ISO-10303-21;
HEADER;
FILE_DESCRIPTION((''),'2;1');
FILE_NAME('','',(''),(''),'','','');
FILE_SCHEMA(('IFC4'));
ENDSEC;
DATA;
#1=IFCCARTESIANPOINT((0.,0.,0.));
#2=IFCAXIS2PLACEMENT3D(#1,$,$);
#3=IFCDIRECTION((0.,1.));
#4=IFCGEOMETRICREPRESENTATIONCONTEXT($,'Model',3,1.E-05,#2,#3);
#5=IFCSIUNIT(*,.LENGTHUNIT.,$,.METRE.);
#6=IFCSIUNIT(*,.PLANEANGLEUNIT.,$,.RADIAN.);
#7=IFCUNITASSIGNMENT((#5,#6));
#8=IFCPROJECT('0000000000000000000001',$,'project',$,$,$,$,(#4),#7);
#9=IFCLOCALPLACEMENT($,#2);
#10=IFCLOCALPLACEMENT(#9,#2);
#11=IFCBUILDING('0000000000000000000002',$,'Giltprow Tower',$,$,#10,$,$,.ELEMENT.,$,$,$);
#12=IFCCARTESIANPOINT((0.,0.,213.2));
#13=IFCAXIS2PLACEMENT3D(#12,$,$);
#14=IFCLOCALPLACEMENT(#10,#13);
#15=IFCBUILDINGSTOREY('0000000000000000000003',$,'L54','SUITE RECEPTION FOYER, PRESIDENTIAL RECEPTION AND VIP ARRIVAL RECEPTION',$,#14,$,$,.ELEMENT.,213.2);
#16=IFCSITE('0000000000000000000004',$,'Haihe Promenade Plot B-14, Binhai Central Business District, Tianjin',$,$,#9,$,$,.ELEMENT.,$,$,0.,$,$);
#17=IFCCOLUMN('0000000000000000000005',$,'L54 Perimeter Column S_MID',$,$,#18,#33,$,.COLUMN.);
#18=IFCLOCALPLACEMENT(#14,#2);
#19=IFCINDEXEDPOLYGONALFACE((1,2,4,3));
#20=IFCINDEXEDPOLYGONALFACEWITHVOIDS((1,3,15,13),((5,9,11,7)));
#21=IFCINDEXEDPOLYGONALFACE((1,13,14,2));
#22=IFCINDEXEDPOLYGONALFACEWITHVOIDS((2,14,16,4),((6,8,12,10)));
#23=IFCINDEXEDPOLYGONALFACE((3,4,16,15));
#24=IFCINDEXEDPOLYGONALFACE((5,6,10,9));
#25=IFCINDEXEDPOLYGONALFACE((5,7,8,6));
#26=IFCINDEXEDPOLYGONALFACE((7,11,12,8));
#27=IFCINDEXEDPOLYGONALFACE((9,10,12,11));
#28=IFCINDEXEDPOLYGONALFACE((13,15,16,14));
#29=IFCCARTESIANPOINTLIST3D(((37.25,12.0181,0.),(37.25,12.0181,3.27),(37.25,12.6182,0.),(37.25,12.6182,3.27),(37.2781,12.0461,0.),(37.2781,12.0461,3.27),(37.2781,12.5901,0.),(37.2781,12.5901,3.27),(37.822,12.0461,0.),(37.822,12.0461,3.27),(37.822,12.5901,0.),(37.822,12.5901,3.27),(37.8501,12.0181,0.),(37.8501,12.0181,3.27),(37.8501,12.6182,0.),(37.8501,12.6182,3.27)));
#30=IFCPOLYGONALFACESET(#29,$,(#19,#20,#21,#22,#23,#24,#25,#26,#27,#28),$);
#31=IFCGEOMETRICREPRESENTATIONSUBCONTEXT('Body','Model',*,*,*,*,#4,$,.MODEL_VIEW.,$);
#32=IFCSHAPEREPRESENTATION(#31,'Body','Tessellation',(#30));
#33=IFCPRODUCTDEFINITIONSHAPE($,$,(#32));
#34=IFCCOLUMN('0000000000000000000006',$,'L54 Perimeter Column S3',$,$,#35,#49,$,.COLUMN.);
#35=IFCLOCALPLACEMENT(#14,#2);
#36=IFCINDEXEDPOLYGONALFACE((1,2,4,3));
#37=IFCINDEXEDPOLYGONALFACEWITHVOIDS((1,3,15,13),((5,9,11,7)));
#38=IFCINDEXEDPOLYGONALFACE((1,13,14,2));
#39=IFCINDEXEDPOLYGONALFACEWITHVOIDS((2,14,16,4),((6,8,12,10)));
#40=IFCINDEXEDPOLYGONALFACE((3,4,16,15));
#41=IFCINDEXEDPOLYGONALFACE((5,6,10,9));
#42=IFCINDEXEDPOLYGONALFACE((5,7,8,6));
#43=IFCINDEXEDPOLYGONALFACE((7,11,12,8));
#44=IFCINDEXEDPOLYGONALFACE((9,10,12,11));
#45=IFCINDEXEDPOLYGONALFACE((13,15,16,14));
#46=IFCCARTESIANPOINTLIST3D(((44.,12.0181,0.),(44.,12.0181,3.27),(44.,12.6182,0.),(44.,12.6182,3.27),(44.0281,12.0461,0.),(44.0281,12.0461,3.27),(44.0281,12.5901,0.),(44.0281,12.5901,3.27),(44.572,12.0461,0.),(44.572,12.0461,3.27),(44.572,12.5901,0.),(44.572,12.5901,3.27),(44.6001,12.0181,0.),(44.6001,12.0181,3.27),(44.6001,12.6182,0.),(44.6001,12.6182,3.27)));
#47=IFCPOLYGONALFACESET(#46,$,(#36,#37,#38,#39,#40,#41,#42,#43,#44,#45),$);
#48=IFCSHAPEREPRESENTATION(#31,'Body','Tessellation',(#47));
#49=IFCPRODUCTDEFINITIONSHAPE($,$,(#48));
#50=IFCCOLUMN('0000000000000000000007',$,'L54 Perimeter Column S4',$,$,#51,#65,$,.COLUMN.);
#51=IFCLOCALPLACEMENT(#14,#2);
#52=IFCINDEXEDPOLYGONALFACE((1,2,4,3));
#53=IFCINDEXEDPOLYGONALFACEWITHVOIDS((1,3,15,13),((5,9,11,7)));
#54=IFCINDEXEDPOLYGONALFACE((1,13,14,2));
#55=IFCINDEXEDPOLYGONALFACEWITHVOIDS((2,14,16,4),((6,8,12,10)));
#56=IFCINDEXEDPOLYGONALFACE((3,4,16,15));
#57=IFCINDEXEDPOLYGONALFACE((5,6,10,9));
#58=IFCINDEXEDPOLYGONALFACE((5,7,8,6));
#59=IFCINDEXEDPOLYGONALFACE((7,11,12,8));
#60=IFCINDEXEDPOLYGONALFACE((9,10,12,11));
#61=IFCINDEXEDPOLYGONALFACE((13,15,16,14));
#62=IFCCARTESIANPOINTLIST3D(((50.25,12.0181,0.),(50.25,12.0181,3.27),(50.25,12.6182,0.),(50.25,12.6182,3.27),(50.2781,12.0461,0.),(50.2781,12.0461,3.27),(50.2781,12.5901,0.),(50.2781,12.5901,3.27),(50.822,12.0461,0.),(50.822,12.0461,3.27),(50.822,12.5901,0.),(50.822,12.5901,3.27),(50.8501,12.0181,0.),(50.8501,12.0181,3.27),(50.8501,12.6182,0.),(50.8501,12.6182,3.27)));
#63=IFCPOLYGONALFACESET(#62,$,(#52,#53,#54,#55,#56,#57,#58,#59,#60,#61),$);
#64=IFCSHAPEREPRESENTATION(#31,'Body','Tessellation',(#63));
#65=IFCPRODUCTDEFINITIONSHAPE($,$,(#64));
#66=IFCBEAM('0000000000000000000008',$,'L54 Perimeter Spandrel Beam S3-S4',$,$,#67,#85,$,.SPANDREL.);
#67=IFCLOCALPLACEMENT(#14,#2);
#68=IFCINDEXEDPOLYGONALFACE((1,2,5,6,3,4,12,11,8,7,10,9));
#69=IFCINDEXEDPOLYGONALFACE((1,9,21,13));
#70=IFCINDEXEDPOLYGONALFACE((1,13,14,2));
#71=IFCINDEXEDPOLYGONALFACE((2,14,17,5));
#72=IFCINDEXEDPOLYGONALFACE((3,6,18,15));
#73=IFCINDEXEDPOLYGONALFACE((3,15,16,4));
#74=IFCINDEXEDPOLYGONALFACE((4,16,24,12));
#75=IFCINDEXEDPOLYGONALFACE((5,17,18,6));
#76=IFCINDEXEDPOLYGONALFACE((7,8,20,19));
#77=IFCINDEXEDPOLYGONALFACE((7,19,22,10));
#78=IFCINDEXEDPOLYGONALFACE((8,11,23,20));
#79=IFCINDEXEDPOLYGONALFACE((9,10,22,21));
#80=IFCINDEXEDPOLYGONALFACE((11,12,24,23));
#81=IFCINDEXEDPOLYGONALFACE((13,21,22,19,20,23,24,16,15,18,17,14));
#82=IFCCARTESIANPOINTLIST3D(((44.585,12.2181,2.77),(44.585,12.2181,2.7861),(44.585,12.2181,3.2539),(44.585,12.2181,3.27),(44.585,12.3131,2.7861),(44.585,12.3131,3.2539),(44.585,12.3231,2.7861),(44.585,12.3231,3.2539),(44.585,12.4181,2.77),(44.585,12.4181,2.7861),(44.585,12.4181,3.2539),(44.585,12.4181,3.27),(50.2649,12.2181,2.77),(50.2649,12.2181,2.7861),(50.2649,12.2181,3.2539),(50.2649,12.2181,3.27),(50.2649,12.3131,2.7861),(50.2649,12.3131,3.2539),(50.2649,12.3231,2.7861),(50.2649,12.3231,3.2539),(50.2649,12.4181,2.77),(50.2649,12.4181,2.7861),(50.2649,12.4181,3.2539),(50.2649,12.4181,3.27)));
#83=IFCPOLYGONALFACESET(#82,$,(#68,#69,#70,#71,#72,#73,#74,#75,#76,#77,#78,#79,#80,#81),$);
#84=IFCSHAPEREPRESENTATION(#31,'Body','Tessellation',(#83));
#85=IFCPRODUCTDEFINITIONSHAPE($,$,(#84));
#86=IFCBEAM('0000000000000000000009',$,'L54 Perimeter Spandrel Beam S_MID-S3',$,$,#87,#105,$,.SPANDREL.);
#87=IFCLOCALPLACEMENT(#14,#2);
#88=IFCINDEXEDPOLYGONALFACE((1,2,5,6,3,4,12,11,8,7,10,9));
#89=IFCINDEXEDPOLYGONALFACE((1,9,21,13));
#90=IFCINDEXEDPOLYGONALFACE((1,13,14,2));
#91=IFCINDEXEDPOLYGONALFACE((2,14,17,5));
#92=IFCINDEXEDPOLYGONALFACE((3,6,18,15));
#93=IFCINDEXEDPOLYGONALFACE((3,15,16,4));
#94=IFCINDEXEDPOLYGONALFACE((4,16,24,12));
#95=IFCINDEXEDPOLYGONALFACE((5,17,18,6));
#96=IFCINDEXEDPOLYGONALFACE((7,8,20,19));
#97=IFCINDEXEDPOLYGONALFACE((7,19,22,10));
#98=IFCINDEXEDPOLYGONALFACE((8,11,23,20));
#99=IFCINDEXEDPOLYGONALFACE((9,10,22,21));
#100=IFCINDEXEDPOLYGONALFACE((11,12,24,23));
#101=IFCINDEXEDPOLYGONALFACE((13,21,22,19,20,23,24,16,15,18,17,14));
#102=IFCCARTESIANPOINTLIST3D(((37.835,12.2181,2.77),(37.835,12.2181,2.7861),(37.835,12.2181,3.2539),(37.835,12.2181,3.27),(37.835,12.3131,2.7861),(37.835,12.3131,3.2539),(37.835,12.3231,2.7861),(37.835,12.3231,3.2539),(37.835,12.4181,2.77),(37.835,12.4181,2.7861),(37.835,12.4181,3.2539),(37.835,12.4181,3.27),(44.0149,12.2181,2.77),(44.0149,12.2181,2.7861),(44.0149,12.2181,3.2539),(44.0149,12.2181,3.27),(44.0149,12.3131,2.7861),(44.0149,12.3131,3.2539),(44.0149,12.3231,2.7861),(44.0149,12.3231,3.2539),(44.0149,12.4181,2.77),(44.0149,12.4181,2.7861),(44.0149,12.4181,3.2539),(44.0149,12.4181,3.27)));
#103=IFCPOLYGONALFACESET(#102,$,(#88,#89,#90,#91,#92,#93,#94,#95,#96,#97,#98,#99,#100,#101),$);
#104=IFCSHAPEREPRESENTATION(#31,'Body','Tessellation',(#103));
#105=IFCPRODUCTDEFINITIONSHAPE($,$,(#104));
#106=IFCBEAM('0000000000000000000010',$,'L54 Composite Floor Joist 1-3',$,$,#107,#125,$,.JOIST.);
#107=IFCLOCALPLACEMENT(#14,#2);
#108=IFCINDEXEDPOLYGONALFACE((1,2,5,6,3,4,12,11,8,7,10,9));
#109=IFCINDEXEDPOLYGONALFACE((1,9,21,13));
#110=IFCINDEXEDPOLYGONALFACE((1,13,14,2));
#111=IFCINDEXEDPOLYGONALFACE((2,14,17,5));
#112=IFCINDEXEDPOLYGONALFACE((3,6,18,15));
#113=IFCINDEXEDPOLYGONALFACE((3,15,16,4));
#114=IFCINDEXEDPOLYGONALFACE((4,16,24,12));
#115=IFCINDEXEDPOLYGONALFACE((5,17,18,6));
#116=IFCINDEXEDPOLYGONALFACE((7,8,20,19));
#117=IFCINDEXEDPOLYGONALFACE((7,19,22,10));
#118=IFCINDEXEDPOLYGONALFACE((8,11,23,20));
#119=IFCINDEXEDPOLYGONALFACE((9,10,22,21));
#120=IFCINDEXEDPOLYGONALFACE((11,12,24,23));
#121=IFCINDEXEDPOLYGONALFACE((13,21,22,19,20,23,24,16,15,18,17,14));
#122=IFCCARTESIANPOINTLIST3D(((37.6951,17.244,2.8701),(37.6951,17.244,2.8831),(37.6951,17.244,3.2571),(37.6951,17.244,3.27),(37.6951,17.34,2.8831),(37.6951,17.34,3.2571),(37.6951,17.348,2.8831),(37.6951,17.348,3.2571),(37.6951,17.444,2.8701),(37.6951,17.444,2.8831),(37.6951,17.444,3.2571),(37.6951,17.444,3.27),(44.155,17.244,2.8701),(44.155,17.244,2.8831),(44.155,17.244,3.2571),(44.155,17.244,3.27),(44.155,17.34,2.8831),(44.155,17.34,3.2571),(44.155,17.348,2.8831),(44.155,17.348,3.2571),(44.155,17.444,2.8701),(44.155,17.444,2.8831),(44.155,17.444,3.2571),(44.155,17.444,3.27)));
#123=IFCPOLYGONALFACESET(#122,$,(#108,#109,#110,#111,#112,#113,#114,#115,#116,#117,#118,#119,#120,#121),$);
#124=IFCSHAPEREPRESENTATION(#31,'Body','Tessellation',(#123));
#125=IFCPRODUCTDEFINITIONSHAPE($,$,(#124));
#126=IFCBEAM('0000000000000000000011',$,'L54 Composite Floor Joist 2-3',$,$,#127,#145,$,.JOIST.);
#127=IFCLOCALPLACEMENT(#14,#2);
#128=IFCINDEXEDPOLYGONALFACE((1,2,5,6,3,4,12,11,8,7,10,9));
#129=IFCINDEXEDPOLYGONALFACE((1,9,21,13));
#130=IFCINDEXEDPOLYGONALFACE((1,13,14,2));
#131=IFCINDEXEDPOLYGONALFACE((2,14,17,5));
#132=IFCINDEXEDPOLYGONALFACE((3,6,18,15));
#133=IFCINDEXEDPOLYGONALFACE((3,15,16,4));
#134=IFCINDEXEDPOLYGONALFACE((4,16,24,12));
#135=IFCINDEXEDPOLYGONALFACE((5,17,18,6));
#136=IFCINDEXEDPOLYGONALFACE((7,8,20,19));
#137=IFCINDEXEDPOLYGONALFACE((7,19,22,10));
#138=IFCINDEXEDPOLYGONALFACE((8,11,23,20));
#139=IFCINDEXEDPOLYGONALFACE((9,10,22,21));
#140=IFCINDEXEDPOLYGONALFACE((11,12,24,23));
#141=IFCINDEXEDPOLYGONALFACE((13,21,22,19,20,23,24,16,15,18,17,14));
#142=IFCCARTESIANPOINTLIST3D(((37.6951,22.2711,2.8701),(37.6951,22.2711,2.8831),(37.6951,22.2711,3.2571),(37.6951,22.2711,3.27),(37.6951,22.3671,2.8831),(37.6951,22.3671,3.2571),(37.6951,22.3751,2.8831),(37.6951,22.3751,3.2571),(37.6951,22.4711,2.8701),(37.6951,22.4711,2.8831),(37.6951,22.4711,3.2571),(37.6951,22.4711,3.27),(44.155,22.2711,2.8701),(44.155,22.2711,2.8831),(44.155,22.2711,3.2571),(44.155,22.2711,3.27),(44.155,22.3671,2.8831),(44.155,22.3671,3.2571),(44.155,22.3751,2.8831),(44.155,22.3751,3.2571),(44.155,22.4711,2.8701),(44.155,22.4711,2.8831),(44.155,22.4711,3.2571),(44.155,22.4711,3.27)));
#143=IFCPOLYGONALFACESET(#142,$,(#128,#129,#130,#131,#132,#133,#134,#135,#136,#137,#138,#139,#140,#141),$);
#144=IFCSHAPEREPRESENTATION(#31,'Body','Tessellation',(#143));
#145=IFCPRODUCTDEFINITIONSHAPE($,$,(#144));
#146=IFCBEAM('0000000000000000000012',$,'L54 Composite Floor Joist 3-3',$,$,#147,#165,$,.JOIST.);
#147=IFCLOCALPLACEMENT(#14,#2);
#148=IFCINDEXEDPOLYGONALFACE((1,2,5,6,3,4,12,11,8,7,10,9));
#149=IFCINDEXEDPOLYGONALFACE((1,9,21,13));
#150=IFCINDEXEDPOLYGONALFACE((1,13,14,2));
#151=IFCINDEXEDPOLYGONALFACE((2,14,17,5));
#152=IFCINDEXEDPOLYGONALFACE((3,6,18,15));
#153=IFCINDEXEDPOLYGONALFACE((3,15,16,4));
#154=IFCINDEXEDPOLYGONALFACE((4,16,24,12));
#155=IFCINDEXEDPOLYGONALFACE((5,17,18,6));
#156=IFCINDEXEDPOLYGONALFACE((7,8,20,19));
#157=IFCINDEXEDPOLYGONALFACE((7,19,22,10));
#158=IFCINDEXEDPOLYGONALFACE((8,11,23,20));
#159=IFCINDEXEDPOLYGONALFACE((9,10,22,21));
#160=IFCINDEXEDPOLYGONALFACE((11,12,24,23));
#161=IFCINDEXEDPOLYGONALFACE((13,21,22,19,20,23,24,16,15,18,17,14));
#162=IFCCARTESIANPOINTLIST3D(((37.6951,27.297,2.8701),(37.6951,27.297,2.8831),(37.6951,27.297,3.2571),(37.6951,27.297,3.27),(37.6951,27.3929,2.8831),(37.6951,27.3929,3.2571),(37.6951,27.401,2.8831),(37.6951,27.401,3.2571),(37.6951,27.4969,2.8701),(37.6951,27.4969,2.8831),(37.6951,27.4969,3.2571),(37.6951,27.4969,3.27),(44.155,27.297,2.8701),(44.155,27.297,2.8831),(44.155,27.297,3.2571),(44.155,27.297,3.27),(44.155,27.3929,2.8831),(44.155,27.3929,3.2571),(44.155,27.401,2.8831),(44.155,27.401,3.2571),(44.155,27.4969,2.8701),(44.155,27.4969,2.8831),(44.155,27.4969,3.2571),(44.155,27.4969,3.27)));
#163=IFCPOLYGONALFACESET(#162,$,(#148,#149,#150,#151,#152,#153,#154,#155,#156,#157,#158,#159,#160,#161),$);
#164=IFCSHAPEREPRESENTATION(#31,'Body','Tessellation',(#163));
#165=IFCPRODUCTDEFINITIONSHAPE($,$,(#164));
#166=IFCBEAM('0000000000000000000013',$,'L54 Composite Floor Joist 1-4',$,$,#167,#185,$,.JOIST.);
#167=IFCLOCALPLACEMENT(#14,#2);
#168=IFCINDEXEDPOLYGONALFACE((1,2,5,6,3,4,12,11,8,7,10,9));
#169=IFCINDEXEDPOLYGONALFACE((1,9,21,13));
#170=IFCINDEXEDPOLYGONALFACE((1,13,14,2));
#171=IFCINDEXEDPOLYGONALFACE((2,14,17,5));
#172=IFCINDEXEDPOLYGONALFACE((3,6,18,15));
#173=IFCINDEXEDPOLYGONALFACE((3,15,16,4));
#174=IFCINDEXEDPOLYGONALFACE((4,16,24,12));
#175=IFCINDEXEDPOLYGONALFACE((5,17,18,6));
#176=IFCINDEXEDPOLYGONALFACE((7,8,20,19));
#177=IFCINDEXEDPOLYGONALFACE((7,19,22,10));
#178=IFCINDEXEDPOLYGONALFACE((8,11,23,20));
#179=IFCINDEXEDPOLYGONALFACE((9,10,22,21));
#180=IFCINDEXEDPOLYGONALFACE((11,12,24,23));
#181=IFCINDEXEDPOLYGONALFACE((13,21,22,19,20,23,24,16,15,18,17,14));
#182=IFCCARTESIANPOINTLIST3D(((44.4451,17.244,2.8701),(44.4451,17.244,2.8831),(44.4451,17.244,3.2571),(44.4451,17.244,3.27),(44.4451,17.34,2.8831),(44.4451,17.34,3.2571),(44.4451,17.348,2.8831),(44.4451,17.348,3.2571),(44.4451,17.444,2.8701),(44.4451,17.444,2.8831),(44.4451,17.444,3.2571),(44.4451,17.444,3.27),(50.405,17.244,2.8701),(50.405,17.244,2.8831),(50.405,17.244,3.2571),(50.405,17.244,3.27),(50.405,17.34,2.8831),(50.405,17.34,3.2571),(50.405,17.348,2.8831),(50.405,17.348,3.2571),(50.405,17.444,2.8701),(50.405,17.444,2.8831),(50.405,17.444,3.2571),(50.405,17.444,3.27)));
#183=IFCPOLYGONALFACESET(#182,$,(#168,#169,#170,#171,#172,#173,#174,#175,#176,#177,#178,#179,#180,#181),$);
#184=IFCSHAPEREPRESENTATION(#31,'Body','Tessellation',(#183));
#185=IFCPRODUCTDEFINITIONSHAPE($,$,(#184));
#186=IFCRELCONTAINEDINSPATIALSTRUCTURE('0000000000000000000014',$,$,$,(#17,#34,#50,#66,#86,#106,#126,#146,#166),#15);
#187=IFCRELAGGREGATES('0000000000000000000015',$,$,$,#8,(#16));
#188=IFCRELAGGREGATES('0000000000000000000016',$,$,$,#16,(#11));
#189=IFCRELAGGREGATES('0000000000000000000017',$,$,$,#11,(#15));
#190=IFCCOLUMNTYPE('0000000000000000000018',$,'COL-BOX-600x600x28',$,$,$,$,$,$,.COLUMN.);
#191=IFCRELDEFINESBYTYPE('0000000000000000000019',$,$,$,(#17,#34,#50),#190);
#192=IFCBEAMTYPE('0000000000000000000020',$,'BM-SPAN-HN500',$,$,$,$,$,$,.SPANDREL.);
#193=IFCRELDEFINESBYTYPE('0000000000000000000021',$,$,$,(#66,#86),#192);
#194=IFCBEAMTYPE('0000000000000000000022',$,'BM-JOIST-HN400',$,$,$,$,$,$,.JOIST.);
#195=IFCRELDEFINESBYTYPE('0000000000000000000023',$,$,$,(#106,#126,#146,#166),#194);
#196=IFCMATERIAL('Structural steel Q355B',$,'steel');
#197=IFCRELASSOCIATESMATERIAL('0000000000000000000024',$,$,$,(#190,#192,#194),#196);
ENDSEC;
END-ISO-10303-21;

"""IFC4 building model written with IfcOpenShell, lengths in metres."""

from ifc_helpers import new_model, si_unit, direction, frame, origin, origin_2d, place, context, subcontext, project, spatial, hollow_rectangle, i_section, extrude, source, transform, mapped, material, material_profile, profile_set, type_object, element, save


model = new_model("IFC4")

# Units and contexts
model_context = context("Model", 3, precision=1e-05, world=origin(), true_north=direction((0.0, 1.0)))
body_context = subcontext(model_context, "Body", "Model", "MODEL_VIEW")
ifc_project = project(units=[si_unit("LENGTHUNIT", "METRE"), si_unit("PLANEANGLEUNIT", "RADIAN")], contexts=[model_context])

# Site, building, storey
site_placement = place(None, origin())
site = spatial("IfcSite", under=ifc_project, at=site_placement, Name="Haihe Promenade Plot B-14, Binhai Central Business District, Tianjin", CompositionType="ELEMENT", RefElevation=0.0)
building_placement = place(site_placement, origin())
building = spatial("IfcBuilding", under=site, at=building_placement, Name="Giltprow Tower", CompositionType="ELEMENT")
storey_placement = place(building_placement, frame((0.0, 0.0, 213.2)))
storey = spatial("IfcBuildingStorey", under=building, at=storey_placement, Name="L54", Description="SUITE RECEPTION FOYER, PRESIDENTIAL RECEPTION AND VIP ARRIVAL RECEPTION", CompositionType="ELEMENT", Elevation=213.2)

# Columns
ifc_material_1 = material(Name="Structural steel Q355B", Category="steel")
ifc_material_profile_1 = material_profile(ifc_material_1, hollow_rectangle(XDim=0.6001, YDim=0.6001, WallThickness=0.0281, at=origin_2d()), Name="BOX 600x600x28")
ifc_profile_set_1 = profile_set([ifc_material_profile_1], Name="Structural steel Q355B")
column_type = type_object("IfcColumnType", Name="COL-BOX-600x600x28", PredefinedType="COLUMN", material=ifc_profile_set_1)
shared_shape_1 = source(origin(), body_context, "Body", "SweptSolid", [
    extrude(hollow_rectangle(XDim=0.6001, YDim=0.6001, WallThickness=0.0281, at=origin_2d()), origin(), (0.0, 0.0, 1.0), 3.27),
])
for number, where, z_axis, x_axis, name in (
    (1, (37.55, 12.3181, 0.0), (0.0, 0.0, 1.0), (1.0, 0.0, 0.0), "L54 Perimeter Column S_MID"),
    (2, (44.3, 12.3181, 0.0), (0.0, 0.0, 1.0), (1.0, 0.0, 0.0), "L54 Perimeter Column S3"),
    (3, (50.55, 12.3181, 0.0), (0.0, 0.0, 1.0), (1.0, 0.0, 0.0), "L54 Perimeter Column S4"),
):
    element("IfcColumn", number, at=place(storey_placement, frame(where, z_axis=z_axis, x_axis=x_axis)), inside=storey, type_object=column_type, Name=name, PredefinedType="COLUMN", context=body_context, shape_type="MappedRepresentation", body=[
        mapped(shared_shape_1, transform((0.0, 0.0, 0.0), x_axis=(1.0, 0.0, 0.0), y_axis=(0.0, 1.0, 0.0), z_axis=(0.0, 0.0, 1.0), scale=1.0)),
    ])

# Beams
ifc_material_profile_2 = material_profile(ifc_material_1, i_section(OverallWidth=0.2, OverallDepth=0.5, WebThickness=0.01, FlangeThickness=0.0161, at=origin_2d()), Name="HN 500x200x10x16")
ifc_profile_set_2 = profile_set([ifc_material_profile_2], Name="Structural steel Q355B")
beam_type_1 = type_object("IfcBeamType", Name="BM-SPAN-HN500", PredefinedType="SPANDREL", material=ifc_profile_set_2)
shared_shape_2 = source(origin(), body_context, "Body", "SweptSolid", [
    extrude(i_section(OverallWidth=0.2, OverallDepth=0.5, WebThickness=0.01, FlangeThickness=0.0161, at=origin_2d()), origin(), (0.0, 0.0, 1.0), 5.6799),
])
beam_1_placement = place(storey_placement, frame((44.585, 12.3181, 3.02), z_axis=(1.0, 0.0, 0.0), x_axis=(0.0, 1.0, 0.0)))
element("IfcBeam", 4, at=beam_1_placement, inside=storey, type_object=beam_type_1, Name="L54 Perimeter Spandrel Beam S3-S4", PredefinedType="SPANDREL", context=body_context, shape_type="MappedRepresentation", body=[
    mapped(shared_shape_2, transform((0.0, 0.0, 0.0), x_axis=(1.0, 0.0, 0.0), y_axis=(0.0, 1.0, 0.0), z_axis=(0.0, 0.0, 1.0), scale=1.0)),
])
shared_shape_3 = source(origin(), body_context, "Body", "SweptSolid", [
    extrude(i_section(OverallWidth=0.2, OverallDepth=0.5, WebThickness=0.01, FlangeThickness=0.0161, at=origin_2d()), origin(), (0.0, 0.0, 1.0), 6.1799),
])
beam_2_placement = place(storey_placement, frame((37.835, 12.3181, 3.02), z_axis=(1.0, 0.0, 0.0), x_axis=(0.0, 1.0, 0.0)))
element("IfcBeam", 5, at=beam_2_placement, inside=storey, type_object=beam_type_1, Name="L54 Perimeter Spandrel Beam S_MID-S3", PredefinedType="SPANDREL", context=body_context, shape_type="MappedRepresentation", body=[
    mapped(shared_shape_3, transform((0.0, 0.0, 0.0), x_axis=(1.0, 0.0, 0.0), y_axis=(0.0, 1.0, 0.0), z_axis=(0.0, 0.0, 1.0), scale=1.0)),
])
ifc_material_profile_3 = material_profile(ifc_material_1, i_section(OverallWidth=0.2, OverallDepth=0.3999, WebThickness=0.0081, FlangeThickness=0.0129, at=origin_2d()), Name="HN 400x200x8x13")
ifc_profile_set_3 = profile_set([ifc_material_profile_3], Name="Structural steel Q355B")
beam_type_2 = type_object("IfcBeamType", Name="BM-JOIST-HN400", PredefinedType="JOIST", material=ifc_profile_set_3)
shared_shape_4 = source(origin(), body_context, "Body", "SweptSolid", [
    extrude(i_section(OverallWidth=0.2, OverallDepth=0.3999, WebThickness=0.0081, FlangeThickness=0.0129, at=origin_2d()), origin(), (0.0, 0.0, 1.0), 6.46),
])
for number, where, z_axis, x_axis, name in (
    (6, (37.6951, 17.344, 3.0701), (1.0, 0.0, 0.0), (0.0, 1.0, 0.0), "L54 Composite Floor Joist 1-3"),
    (7, (37.6951, 22.3711, 3.0701), (1.0, 0.0, 0.0), (0.0, 1.0, 0.0), "L54 Composite Floor Joist 2-3"),
    (8, (37.6951, 27.397, 3.0701), (1.0, 0.0, 0.0), (0.0, 1.0, 0.0), "L54 Composite Floor Joist 3-3"),
):
    element("IfcBeam", number, at=place(storey_placement, frame(where, z_axis=z_axis, x_axis=x_axis)), inside=storey, type_object=beam_type_2, Name=name, PredefinedType="JOIST", context=body_context, shape_type="MappedRepresentation", body=[
        mapped(shared_shape_4, transform((0.0, 0.0, 0.0), x_axis=(1.0, 0.0, 0.0), y_axis=(0.0, 1.0, 0.0), z_axis=(0.0, 0.0, 1.0), scale=1.0)),
    ])
shared_shape_5 = source(origin(), body_context, "Body", "SweptSolid", [
    extrude(i_section(OverallWidth=0.2, OverallDepth=0.3999, WebThickness=0.0081, FlangeThickness=0.0129, at=origin_2d()), origin(), (0.0, 0.0, 1.0), 5.96),
])
for number, where, z_axis, x_axis, name in (
    (9, (44.4451, 17.344, 3.0701), (1.0, 0.0, 0.0), (0.0, 1.0, 0.0), "L54 Composite Floor Joist 1-4"),
):
    element("IfcBeam", number, at=place(storey_placement, frame(where, z_axis=z_axis, x_axis=x_axis)), inside=storey, type_object=beam_type_2, Name=name, PredefinedType="JOIST", context=body_context, shape_type="MappedRepresentation", body=[
        mapped(shared_shape_5, transform((0.0, 0.0, 0.0), x_axis=(1.0, 0.0, 0.0), y_axis=(0.0, 1.0, 0.0), z_axis=(0.0, 0.0, 1.0), scale=1.0)),
    ])

save(model, "model.ifc")
